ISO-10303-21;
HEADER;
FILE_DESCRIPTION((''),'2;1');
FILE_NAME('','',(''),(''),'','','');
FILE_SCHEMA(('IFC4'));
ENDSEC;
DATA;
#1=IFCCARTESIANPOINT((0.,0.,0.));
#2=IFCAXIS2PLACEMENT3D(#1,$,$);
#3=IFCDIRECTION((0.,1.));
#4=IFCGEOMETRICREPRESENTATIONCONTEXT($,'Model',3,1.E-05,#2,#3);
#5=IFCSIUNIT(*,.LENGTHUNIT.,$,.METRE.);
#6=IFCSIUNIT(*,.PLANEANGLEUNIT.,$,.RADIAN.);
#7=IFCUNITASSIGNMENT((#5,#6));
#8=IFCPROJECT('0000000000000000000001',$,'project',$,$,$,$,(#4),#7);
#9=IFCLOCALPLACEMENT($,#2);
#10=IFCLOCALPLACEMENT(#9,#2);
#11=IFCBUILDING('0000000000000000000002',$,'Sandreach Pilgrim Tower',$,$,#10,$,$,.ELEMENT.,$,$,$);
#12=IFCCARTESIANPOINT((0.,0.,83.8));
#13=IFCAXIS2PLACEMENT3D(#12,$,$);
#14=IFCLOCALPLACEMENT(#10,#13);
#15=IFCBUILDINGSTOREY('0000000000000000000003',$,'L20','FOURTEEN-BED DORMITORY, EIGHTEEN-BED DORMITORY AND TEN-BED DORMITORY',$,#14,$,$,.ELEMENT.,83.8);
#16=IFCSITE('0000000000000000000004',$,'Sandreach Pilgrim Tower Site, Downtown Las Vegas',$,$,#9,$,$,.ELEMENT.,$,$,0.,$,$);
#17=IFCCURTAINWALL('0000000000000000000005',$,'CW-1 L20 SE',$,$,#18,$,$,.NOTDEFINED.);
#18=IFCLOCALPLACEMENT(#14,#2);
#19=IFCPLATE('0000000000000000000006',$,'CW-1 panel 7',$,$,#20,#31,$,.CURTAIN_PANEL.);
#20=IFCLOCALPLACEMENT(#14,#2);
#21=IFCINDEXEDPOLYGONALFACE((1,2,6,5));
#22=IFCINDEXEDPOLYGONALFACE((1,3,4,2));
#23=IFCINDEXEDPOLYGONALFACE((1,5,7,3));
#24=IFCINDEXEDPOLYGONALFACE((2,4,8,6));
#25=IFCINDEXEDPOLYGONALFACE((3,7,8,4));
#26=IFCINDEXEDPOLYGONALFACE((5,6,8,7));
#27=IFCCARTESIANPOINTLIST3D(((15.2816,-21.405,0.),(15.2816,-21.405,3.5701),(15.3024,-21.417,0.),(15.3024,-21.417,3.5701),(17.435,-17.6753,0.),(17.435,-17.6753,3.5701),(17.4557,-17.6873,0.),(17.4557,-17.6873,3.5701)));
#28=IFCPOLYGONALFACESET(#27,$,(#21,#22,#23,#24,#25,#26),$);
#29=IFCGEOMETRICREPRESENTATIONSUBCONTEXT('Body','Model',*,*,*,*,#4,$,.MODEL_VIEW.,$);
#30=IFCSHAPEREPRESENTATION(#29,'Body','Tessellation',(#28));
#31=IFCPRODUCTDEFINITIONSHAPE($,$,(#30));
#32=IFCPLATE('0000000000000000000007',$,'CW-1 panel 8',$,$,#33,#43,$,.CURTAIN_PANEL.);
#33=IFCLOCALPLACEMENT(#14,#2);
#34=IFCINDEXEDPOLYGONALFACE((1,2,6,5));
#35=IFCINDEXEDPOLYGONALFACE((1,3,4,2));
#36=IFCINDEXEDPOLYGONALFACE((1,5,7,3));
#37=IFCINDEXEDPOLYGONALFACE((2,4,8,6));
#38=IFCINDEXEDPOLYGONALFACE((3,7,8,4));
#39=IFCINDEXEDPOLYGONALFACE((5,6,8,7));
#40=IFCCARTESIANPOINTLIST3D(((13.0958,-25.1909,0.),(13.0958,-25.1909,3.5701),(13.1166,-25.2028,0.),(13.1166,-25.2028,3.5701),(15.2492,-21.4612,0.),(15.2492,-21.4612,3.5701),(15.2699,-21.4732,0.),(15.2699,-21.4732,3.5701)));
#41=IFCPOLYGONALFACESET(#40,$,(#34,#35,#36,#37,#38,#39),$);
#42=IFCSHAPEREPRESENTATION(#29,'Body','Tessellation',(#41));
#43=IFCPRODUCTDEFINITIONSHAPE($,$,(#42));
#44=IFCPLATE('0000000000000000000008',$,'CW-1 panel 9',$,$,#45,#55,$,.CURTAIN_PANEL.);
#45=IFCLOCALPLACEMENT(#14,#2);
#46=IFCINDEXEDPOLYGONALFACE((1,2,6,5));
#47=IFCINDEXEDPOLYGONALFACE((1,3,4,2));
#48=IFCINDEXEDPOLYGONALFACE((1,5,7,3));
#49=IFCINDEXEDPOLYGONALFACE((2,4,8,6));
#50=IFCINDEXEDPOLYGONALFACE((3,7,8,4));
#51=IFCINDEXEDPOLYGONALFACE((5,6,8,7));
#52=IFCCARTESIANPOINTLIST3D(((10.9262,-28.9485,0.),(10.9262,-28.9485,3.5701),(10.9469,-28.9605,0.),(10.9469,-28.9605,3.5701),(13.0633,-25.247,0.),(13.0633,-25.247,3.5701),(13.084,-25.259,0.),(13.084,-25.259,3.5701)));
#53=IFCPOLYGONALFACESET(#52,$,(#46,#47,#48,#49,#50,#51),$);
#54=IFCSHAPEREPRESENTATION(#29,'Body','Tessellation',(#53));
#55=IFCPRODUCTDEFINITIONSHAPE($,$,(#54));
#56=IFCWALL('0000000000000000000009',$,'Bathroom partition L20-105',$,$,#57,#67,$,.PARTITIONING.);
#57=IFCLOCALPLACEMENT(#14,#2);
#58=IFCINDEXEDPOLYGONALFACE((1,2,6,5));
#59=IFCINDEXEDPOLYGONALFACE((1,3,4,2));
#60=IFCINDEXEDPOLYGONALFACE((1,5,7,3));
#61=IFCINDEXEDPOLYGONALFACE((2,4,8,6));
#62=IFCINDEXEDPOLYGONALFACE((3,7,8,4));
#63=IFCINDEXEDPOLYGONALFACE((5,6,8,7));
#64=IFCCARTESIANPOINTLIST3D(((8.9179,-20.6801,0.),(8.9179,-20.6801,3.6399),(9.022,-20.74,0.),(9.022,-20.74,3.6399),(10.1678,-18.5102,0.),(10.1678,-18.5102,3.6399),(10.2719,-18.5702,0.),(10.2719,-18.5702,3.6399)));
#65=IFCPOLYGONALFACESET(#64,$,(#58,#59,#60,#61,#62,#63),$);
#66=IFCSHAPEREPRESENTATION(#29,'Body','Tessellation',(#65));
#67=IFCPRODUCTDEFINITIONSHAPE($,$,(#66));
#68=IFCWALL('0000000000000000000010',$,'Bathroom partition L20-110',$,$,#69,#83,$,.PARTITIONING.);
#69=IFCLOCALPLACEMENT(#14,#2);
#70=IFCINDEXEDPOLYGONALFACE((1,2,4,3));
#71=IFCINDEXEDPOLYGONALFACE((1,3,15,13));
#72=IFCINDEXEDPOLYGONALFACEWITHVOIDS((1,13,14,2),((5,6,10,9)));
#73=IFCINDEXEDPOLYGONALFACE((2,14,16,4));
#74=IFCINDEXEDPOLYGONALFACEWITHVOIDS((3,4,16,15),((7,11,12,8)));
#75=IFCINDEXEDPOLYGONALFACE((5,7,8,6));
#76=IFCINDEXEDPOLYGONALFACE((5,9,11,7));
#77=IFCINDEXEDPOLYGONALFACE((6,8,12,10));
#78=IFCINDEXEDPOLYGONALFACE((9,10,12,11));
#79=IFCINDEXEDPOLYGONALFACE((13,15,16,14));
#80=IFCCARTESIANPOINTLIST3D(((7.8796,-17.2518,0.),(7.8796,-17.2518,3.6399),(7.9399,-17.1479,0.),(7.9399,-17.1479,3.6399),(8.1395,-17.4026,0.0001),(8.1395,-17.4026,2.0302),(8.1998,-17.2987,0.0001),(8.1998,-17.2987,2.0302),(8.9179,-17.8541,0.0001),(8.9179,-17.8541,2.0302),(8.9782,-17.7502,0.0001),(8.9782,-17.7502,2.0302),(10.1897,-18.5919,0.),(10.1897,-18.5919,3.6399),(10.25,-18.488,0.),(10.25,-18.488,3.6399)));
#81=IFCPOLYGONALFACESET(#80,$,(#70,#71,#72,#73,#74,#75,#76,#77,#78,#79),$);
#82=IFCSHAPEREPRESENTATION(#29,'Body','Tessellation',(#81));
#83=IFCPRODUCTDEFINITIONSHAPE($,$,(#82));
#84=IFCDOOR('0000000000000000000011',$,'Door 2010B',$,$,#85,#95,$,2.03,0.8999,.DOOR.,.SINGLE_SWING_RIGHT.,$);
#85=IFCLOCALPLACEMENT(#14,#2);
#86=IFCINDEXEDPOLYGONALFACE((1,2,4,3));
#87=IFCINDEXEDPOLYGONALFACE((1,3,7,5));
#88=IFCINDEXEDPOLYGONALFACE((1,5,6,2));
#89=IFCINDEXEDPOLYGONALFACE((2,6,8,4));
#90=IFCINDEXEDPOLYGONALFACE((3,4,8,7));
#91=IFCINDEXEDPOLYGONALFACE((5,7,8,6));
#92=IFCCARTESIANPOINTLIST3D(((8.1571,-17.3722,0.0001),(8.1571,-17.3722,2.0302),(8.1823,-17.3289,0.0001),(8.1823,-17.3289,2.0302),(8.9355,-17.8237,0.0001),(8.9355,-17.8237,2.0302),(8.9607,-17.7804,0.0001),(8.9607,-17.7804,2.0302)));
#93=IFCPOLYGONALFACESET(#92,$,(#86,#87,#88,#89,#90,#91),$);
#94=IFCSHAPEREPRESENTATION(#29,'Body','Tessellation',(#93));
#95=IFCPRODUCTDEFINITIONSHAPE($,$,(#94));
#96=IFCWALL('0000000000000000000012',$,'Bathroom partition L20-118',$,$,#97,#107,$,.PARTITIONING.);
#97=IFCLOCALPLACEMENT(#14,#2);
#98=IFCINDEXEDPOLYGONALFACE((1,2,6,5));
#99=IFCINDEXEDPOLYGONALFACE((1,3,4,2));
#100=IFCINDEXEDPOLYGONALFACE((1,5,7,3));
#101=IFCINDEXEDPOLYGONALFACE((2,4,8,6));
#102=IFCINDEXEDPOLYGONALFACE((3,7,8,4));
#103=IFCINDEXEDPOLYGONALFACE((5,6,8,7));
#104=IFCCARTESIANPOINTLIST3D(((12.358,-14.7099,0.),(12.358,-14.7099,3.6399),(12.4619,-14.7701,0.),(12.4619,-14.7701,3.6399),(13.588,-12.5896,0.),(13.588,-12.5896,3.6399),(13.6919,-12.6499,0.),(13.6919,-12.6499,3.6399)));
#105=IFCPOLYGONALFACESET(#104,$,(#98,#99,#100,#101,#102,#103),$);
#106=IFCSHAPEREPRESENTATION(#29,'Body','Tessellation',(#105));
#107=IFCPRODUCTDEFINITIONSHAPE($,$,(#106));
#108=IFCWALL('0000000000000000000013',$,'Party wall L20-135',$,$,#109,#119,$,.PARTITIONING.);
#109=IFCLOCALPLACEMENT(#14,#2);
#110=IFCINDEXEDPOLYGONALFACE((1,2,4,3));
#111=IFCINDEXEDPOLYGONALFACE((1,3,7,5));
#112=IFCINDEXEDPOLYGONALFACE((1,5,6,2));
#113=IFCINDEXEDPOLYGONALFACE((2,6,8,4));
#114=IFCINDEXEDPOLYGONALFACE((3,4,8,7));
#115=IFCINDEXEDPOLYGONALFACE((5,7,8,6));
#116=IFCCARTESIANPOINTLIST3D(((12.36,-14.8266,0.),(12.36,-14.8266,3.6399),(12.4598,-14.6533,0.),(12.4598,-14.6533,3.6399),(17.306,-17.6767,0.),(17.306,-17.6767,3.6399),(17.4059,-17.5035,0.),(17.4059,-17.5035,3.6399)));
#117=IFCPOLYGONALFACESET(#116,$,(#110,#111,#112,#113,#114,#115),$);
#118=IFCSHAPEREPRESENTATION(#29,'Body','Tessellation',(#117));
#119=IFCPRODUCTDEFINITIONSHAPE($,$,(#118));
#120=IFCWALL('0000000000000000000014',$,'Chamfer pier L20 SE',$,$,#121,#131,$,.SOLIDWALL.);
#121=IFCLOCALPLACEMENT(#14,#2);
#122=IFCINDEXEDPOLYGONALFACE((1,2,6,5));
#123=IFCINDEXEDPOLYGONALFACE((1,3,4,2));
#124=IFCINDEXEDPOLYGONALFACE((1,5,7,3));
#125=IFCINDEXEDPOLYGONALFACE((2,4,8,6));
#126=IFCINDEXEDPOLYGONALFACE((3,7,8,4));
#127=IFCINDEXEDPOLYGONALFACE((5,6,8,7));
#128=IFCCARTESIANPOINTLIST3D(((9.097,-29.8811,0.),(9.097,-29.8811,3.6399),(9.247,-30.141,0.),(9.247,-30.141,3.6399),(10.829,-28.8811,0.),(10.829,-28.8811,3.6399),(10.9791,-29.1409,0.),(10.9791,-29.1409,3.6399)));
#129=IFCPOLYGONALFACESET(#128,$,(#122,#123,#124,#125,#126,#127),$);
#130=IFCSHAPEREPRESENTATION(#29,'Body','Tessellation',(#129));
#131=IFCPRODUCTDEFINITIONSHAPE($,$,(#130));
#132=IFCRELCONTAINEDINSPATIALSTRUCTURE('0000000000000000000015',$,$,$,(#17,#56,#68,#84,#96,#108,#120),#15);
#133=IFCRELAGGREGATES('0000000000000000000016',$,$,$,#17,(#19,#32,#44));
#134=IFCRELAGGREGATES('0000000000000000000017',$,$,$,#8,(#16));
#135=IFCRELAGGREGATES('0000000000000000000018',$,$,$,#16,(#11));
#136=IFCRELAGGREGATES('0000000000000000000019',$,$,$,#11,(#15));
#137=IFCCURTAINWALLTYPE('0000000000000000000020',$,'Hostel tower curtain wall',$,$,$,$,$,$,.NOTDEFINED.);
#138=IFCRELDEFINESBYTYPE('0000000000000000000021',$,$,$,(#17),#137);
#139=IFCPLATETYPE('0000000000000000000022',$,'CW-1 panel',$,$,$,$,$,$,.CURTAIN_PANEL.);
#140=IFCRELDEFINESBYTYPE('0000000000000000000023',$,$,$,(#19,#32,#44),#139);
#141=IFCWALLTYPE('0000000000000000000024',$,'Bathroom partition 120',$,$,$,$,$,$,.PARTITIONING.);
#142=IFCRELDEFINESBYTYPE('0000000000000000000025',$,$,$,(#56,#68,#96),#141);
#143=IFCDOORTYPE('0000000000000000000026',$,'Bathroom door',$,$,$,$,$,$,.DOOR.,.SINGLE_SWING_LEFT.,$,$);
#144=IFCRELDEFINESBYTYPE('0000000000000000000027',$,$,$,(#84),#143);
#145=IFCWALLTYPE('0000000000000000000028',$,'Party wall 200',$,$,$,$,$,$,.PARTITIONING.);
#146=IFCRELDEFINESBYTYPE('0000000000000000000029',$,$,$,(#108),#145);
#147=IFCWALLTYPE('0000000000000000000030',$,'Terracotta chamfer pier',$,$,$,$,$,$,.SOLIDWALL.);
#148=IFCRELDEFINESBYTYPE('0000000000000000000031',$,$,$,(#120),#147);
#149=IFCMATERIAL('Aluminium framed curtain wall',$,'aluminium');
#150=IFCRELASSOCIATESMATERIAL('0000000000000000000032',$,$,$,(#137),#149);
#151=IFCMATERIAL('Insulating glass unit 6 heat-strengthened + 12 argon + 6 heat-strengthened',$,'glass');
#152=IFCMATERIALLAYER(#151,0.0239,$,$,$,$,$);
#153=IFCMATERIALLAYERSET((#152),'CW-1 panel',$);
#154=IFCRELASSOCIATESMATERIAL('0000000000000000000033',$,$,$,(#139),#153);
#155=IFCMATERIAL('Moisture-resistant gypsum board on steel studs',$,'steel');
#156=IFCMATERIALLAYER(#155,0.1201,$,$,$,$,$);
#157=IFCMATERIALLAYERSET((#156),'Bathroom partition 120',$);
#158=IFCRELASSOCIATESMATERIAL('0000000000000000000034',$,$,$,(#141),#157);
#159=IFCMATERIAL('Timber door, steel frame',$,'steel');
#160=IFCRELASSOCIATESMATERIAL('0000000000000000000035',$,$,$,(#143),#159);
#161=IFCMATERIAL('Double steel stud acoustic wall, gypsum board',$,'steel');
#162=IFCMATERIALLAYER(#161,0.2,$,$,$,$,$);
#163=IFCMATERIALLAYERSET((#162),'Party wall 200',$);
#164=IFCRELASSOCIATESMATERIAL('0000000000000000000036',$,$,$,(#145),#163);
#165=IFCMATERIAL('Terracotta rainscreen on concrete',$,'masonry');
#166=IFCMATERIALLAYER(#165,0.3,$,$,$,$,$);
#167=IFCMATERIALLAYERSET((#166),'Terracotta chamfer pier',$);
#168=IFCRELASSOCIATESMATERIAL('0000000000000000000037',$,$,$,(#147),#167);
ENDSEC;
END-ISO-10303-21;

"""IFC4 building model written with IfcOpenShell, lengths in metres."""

from ifc_helpers import new_model, si_unit, direction, frame, frame_2d, origin, origin_2d, place, context, subcontext, project, spatial, rectangle, extrude, material, layer, layer_set, type_object, element, fill, aggregate, save


model = new_model("IFC4")

# Units and contexts
model_context = context("Model", 3, precision=1e-05, world=origin(), true_north=direction((0.0, 1.0)))
body_context = subcontext(model_context, "Body", "Model", "MODEL_VIEW")
ifc_project = project(units=[si_unit("LENGTHUNIT", "METRE"), si_unit("PLANEANGLEUNIT", "RADIAN")], contexts=[model_context])

# Site, building, storey
site_placement = place(None, origin())
site = spatial("IfcSite", under=ifc_project, at=site_placement, Name="Sandreach Pilgrim Tower Site, Downtown Las Vegas", CompositionType="ELEMENT", RefElevation=0.0)
building_placement = place(site_placement, origin())
building = spatial("IfcBuilding", under=site, at=building_placement, Name="Sandreach Pilgrim Tower", CompositionType="ELEMENT")
storey_placement = place(building_placement, frame((0.0, 0.0, 83.8)))
storey = spatial("IfcBuildingStorey", under=building, at=storey_placement, Name="L20", Description="FOURTEEN-BED DORMITORY, EIGHTEEN-BED DORMITORY AND TEN-BED DORMITORY", CompositionType="ELEMENT", Elevation=83.8)

# Curtain wall
ifc_material_1 = material(Name="Aluminium framed curtain wall", Category="aluminium")
curtain_wall_type = type_object("IfcCurtainWallType", Name="Hostel tower curtain wall", PredefinedType="NOTDEFINED", material=ifc_material_1)
curtain_wall_1_placement = place(storey_placement, origin())
curtain_wall_1 = element("IfcCurtainWall", 1, at=curtain_wall_1_placement, inside=storey, type_object=curtain_wall_type, Name="CW-1 L20 SE", PredefinedType="NOTDEFINED")

# Plates
ifc_material_2 = material(Name="Insulating glass unit 6 heat-strengthened + 12 argon + 6 heat-strengthened", Category="glass")
ifc_layer_1 = layer(ifc_material_2, 0.0239)
ifc_layer_set_1 = layer_set([ifc_layer_1], Name="CW-1 panel")
plate_type = type_object("IfcPlateType", Name="CW-1 panel", PredefinedType="CURTAIN_PANEL", material=ifc_layer_set_1)
plate_1_placement = place(storey_placement, frame((16.3687, -19.5461, 0.0), z_axis=(0.0, 0.0, 1.0), x_axis=(-0.5, -0.866025, 0.0)))
plate_1 = element("IfcPlate", 2, at=plate_1_placement, type_object=plate_type, Name="CW-1 panel 7", PredefinedType="CURTAIN_PANEL", context=body_context, shape_type="SweptSolid", body=[
    extrude(rectangle(XDim=4.3066, YDim=0.0239, at=origin_2d()), origin(), (0.0, 0.0, 1.0), 3.5701),
])
plate_2_placement = place(storey_placement, frame((14.1829, -23.332, 0.0), z_axis=(0.0, 0.0, 1.0), x_axis=(-0.5, -0.866025, 0.0)))
plate_2 = element("IfcPlate", 3, at=plate_2_placement, type_object=plate_type, Name="CW-1 panel 8", PredefinedType="CURTAIN_PANEL", context=body_context, shape_type="SweptSolid", body=[
    extrude(rectangle(XDim=4.3066, YDim=0.0239, at=origin_2d()), origin(), (0.0, 0.0, 1.0), 3.5701),
])
plate_3_placement = place(storey_placement, frame((12.0051, -27.1038, 0.0), z_axis=(0.0, 0.0, 1.0), x_axis=(-0.5, -0.866025, 0.0)))
plate_3 = element("IfcPlate", 4, at=plate_3_placement, type_object=plate_type, Name="CW-1 panel 9", PredefinedType="CURTAIN_PANEL", context=body_context, shape_type="SweptSolid", body=[
    extrude(rectangle(XDim=4.2742, YDim=0.0239, at=origin_2d()), origin(), (0.0, 0.0, 1.0), 3.5701),
])
aggregate(curtain_wall_1, [plate_1, plate_2, plate_3])

# Wall
ifc_material_3 = material(Name="Moisture-resistant gypsum board on steel studs", Category="steel")
ifc_layer_2 = layer(ifc_material_3, 0.1201)
ifc_layer_set_2 = layer_set([ifc_layer_2], Name="Bathroom partition 120")
wall_type_1 = type_object("IfcWallType", Name="Bathroom partition 120", PredefinedType="PARTITIONING", material=ifc_layer_set_2)
wall_1_placement = place(storey_placement, frame((8.97, -20.71, 0.0), z_axis=(0.0, 0.0, 1.0), x_axis=(0.49916, 0.86651, 0.0)))
element("IfcWall", 5, at=wall_1_placement, inside=storey, type_object=wall_type_1, Name="Bathroom partition L20-105", PredefinedType="PARTITIONING", context=body_context, shape_type="SweptSolid", body=[
    extrude(rectangle(XDim=2.5042, YDim=0.1201, at=frame_2d((1.252, 0.0))), origin(), (0.0, 0.0, 1.0), 3.6399),
])

# Wall, opening, door
wall_2_placement = place(storey_placement, frame((10.22, -18.54, 0.0), z_axis=(0.0, 0.0, 1.0), x_axis=(-0.86499, 0.501789, 0.0)))
wall_2 = element("IfcWall", 6, at=wall_2_placement, inside=storey, type_object=wall_type_1, Name="Bathroom partition L20-110", PredefinedType="PARTITIONING", context=body_context, shape_type="SweptSolid", body=[
    extrude(rectangle(XDim=2.6707, YDim=0.1201, at=frame_2d((1.3354, 0.0))), origin(), (0.0, 0.0, 1.0), 3.6399),
])
opening_placement = place(wall_2_placement, frame((1.4705, 0.0, 0.0)))
opening = element("IfcOpeningElement", 7, at=opening_placement, cuts=wall_2, PredefinedType="OPENING", context=body_context, shape_type="SweptSolid", body=[
    extrude(rectangle(XDim=0.8999, YDim=2.03, at=frame_2d((0.45, 1.0151))), frame((0.0, 0.0601, 0.0), z_axis=(0.0, -1.0, 0.0), x_axis=(1.0, 0.0, 0.0)), (0.0, 0.0, 1.0), 0.1201),
])
ifc_material_4 = material(Name="Timber door, steel frame", Category="steel")
door_type = type_object("IfcDoorType", Name="Bathroom door", OperationType="SINGLE_SWING_LEFT", PredefinedType="DOOR", material=ifc_material_4)
door_placement = place(opening_placement, origin())
door = element("IfcDoor", 8, at=door_placement, inside=storey, type_object=door_type, Name="Door 2010B", OperationType="SINGLE_SWING_RIGHT", OverallHeight=2.03, OverallWidth=0.8999, PredefinedType="DOOR", context=body_context, shape_type="SweptSolid", body=[
    extrude(rectangle(XDim=0.8999, YDim=2.03, at=frame_2d((0.45, 1.0151))), frame((0.0, 0.0249, 0.0), z_axis=(0.0, -1.0, 0.0), x_axis=(1.0, 0.0, 0.0)), (0.0, 0.0, 1.0), 0.05),
])
fill(opening, door)

# Walls
wall_3_placement = place(storey_placement, frame((12.4099, -14.74, 0.0), z_axis=(0.0, 0.0, 1.0), x_axis=(0.501813, 0.864976, 0.0)))
element("IfcWall", 9, at=wall_3_placement, inside=storey, type_object=wall_type_1, Name="Bathroom partition L20-118", PredefinedType="PARTITIONING", context=body_context, shape_type="SweptSolid", body=[
    extrude(rectangle(XDim=2.4512, YDim=0.1201, at=frame_2d((1.2256, 0.0))), origin(), (0.0, 0.0, 1.0), 3.6399),
])
ifc_material_5 = material(Name="Double steel stud acoustic wall, gypsum board", Category="steel")
ifc_layer_3 = layer(ifc_material_5, 0.2)
ifc_layer_set_3 = layer_set([ifc_layer_3], Name="Party wall 200")
wall_type_2 = type_object("IfcWallType", Name="Party wall 200", PredefinedType="PARTITIONING", material=ifc_layer_set_3)
wall_4_placement = place(storey_placement, frame((17.356, -17.5901, 0.0), z_axis=(0.0, 0.0, 1.0), x_axis=(-0.866443, 0.499277, 0.0)))
element("IfcWall", 10, at=wall_4_placement, inside=storey, type_object=wall_type_2, Name="Party wall L20-135", PredefinedType="PARTITIONING", context=body_context, shape_type="SweptSolid", body=[
    extrude(rectangle(XDim=5.7085, YDim=0.2, at=frame_2d((2.8542, 0.0))), origin(), (0.0, 0.0, 1.0), 3.6399),
])
ifc_material_6 = material(Name="Terracotta rainscreen on concrete", Category="masonry")
ifc_layer_4 = layer(ifc_material_6, 0.3)
ifc_layer_set_4 = layer_set([ifc_layer_4], Name="Terracotta chamfer pier")
wall_type_3 = type_object("IfcWallType", Name="Terracotta chamfer pier", PredefinedType="SOLIDWALL", material=ifc_layer_set_4)
wall_5_placement = place(storey_placement, frame((10.9041, -29.011, 0.0), z_axis=(0.0, 0.0, 1.0), x_axis=(-0.866011, -0.500025, 0.0)))
element("IfcWall", 11, at=wall_5_placement, inside=storey, type_object=wall_type_3, Name="Chamfer pier L20 SE", PredefinedType="SOLIDWALL", context=body_context, shape_type="SweptSolid", body=[
    extrude(rectangle(XDim=2.0, YDim=0.3, at=frame_2d((1.0, 0.0))), origin(), (0.0, 0.0, 1.0), 3.6399),
])

save(model, "model.ifc")
